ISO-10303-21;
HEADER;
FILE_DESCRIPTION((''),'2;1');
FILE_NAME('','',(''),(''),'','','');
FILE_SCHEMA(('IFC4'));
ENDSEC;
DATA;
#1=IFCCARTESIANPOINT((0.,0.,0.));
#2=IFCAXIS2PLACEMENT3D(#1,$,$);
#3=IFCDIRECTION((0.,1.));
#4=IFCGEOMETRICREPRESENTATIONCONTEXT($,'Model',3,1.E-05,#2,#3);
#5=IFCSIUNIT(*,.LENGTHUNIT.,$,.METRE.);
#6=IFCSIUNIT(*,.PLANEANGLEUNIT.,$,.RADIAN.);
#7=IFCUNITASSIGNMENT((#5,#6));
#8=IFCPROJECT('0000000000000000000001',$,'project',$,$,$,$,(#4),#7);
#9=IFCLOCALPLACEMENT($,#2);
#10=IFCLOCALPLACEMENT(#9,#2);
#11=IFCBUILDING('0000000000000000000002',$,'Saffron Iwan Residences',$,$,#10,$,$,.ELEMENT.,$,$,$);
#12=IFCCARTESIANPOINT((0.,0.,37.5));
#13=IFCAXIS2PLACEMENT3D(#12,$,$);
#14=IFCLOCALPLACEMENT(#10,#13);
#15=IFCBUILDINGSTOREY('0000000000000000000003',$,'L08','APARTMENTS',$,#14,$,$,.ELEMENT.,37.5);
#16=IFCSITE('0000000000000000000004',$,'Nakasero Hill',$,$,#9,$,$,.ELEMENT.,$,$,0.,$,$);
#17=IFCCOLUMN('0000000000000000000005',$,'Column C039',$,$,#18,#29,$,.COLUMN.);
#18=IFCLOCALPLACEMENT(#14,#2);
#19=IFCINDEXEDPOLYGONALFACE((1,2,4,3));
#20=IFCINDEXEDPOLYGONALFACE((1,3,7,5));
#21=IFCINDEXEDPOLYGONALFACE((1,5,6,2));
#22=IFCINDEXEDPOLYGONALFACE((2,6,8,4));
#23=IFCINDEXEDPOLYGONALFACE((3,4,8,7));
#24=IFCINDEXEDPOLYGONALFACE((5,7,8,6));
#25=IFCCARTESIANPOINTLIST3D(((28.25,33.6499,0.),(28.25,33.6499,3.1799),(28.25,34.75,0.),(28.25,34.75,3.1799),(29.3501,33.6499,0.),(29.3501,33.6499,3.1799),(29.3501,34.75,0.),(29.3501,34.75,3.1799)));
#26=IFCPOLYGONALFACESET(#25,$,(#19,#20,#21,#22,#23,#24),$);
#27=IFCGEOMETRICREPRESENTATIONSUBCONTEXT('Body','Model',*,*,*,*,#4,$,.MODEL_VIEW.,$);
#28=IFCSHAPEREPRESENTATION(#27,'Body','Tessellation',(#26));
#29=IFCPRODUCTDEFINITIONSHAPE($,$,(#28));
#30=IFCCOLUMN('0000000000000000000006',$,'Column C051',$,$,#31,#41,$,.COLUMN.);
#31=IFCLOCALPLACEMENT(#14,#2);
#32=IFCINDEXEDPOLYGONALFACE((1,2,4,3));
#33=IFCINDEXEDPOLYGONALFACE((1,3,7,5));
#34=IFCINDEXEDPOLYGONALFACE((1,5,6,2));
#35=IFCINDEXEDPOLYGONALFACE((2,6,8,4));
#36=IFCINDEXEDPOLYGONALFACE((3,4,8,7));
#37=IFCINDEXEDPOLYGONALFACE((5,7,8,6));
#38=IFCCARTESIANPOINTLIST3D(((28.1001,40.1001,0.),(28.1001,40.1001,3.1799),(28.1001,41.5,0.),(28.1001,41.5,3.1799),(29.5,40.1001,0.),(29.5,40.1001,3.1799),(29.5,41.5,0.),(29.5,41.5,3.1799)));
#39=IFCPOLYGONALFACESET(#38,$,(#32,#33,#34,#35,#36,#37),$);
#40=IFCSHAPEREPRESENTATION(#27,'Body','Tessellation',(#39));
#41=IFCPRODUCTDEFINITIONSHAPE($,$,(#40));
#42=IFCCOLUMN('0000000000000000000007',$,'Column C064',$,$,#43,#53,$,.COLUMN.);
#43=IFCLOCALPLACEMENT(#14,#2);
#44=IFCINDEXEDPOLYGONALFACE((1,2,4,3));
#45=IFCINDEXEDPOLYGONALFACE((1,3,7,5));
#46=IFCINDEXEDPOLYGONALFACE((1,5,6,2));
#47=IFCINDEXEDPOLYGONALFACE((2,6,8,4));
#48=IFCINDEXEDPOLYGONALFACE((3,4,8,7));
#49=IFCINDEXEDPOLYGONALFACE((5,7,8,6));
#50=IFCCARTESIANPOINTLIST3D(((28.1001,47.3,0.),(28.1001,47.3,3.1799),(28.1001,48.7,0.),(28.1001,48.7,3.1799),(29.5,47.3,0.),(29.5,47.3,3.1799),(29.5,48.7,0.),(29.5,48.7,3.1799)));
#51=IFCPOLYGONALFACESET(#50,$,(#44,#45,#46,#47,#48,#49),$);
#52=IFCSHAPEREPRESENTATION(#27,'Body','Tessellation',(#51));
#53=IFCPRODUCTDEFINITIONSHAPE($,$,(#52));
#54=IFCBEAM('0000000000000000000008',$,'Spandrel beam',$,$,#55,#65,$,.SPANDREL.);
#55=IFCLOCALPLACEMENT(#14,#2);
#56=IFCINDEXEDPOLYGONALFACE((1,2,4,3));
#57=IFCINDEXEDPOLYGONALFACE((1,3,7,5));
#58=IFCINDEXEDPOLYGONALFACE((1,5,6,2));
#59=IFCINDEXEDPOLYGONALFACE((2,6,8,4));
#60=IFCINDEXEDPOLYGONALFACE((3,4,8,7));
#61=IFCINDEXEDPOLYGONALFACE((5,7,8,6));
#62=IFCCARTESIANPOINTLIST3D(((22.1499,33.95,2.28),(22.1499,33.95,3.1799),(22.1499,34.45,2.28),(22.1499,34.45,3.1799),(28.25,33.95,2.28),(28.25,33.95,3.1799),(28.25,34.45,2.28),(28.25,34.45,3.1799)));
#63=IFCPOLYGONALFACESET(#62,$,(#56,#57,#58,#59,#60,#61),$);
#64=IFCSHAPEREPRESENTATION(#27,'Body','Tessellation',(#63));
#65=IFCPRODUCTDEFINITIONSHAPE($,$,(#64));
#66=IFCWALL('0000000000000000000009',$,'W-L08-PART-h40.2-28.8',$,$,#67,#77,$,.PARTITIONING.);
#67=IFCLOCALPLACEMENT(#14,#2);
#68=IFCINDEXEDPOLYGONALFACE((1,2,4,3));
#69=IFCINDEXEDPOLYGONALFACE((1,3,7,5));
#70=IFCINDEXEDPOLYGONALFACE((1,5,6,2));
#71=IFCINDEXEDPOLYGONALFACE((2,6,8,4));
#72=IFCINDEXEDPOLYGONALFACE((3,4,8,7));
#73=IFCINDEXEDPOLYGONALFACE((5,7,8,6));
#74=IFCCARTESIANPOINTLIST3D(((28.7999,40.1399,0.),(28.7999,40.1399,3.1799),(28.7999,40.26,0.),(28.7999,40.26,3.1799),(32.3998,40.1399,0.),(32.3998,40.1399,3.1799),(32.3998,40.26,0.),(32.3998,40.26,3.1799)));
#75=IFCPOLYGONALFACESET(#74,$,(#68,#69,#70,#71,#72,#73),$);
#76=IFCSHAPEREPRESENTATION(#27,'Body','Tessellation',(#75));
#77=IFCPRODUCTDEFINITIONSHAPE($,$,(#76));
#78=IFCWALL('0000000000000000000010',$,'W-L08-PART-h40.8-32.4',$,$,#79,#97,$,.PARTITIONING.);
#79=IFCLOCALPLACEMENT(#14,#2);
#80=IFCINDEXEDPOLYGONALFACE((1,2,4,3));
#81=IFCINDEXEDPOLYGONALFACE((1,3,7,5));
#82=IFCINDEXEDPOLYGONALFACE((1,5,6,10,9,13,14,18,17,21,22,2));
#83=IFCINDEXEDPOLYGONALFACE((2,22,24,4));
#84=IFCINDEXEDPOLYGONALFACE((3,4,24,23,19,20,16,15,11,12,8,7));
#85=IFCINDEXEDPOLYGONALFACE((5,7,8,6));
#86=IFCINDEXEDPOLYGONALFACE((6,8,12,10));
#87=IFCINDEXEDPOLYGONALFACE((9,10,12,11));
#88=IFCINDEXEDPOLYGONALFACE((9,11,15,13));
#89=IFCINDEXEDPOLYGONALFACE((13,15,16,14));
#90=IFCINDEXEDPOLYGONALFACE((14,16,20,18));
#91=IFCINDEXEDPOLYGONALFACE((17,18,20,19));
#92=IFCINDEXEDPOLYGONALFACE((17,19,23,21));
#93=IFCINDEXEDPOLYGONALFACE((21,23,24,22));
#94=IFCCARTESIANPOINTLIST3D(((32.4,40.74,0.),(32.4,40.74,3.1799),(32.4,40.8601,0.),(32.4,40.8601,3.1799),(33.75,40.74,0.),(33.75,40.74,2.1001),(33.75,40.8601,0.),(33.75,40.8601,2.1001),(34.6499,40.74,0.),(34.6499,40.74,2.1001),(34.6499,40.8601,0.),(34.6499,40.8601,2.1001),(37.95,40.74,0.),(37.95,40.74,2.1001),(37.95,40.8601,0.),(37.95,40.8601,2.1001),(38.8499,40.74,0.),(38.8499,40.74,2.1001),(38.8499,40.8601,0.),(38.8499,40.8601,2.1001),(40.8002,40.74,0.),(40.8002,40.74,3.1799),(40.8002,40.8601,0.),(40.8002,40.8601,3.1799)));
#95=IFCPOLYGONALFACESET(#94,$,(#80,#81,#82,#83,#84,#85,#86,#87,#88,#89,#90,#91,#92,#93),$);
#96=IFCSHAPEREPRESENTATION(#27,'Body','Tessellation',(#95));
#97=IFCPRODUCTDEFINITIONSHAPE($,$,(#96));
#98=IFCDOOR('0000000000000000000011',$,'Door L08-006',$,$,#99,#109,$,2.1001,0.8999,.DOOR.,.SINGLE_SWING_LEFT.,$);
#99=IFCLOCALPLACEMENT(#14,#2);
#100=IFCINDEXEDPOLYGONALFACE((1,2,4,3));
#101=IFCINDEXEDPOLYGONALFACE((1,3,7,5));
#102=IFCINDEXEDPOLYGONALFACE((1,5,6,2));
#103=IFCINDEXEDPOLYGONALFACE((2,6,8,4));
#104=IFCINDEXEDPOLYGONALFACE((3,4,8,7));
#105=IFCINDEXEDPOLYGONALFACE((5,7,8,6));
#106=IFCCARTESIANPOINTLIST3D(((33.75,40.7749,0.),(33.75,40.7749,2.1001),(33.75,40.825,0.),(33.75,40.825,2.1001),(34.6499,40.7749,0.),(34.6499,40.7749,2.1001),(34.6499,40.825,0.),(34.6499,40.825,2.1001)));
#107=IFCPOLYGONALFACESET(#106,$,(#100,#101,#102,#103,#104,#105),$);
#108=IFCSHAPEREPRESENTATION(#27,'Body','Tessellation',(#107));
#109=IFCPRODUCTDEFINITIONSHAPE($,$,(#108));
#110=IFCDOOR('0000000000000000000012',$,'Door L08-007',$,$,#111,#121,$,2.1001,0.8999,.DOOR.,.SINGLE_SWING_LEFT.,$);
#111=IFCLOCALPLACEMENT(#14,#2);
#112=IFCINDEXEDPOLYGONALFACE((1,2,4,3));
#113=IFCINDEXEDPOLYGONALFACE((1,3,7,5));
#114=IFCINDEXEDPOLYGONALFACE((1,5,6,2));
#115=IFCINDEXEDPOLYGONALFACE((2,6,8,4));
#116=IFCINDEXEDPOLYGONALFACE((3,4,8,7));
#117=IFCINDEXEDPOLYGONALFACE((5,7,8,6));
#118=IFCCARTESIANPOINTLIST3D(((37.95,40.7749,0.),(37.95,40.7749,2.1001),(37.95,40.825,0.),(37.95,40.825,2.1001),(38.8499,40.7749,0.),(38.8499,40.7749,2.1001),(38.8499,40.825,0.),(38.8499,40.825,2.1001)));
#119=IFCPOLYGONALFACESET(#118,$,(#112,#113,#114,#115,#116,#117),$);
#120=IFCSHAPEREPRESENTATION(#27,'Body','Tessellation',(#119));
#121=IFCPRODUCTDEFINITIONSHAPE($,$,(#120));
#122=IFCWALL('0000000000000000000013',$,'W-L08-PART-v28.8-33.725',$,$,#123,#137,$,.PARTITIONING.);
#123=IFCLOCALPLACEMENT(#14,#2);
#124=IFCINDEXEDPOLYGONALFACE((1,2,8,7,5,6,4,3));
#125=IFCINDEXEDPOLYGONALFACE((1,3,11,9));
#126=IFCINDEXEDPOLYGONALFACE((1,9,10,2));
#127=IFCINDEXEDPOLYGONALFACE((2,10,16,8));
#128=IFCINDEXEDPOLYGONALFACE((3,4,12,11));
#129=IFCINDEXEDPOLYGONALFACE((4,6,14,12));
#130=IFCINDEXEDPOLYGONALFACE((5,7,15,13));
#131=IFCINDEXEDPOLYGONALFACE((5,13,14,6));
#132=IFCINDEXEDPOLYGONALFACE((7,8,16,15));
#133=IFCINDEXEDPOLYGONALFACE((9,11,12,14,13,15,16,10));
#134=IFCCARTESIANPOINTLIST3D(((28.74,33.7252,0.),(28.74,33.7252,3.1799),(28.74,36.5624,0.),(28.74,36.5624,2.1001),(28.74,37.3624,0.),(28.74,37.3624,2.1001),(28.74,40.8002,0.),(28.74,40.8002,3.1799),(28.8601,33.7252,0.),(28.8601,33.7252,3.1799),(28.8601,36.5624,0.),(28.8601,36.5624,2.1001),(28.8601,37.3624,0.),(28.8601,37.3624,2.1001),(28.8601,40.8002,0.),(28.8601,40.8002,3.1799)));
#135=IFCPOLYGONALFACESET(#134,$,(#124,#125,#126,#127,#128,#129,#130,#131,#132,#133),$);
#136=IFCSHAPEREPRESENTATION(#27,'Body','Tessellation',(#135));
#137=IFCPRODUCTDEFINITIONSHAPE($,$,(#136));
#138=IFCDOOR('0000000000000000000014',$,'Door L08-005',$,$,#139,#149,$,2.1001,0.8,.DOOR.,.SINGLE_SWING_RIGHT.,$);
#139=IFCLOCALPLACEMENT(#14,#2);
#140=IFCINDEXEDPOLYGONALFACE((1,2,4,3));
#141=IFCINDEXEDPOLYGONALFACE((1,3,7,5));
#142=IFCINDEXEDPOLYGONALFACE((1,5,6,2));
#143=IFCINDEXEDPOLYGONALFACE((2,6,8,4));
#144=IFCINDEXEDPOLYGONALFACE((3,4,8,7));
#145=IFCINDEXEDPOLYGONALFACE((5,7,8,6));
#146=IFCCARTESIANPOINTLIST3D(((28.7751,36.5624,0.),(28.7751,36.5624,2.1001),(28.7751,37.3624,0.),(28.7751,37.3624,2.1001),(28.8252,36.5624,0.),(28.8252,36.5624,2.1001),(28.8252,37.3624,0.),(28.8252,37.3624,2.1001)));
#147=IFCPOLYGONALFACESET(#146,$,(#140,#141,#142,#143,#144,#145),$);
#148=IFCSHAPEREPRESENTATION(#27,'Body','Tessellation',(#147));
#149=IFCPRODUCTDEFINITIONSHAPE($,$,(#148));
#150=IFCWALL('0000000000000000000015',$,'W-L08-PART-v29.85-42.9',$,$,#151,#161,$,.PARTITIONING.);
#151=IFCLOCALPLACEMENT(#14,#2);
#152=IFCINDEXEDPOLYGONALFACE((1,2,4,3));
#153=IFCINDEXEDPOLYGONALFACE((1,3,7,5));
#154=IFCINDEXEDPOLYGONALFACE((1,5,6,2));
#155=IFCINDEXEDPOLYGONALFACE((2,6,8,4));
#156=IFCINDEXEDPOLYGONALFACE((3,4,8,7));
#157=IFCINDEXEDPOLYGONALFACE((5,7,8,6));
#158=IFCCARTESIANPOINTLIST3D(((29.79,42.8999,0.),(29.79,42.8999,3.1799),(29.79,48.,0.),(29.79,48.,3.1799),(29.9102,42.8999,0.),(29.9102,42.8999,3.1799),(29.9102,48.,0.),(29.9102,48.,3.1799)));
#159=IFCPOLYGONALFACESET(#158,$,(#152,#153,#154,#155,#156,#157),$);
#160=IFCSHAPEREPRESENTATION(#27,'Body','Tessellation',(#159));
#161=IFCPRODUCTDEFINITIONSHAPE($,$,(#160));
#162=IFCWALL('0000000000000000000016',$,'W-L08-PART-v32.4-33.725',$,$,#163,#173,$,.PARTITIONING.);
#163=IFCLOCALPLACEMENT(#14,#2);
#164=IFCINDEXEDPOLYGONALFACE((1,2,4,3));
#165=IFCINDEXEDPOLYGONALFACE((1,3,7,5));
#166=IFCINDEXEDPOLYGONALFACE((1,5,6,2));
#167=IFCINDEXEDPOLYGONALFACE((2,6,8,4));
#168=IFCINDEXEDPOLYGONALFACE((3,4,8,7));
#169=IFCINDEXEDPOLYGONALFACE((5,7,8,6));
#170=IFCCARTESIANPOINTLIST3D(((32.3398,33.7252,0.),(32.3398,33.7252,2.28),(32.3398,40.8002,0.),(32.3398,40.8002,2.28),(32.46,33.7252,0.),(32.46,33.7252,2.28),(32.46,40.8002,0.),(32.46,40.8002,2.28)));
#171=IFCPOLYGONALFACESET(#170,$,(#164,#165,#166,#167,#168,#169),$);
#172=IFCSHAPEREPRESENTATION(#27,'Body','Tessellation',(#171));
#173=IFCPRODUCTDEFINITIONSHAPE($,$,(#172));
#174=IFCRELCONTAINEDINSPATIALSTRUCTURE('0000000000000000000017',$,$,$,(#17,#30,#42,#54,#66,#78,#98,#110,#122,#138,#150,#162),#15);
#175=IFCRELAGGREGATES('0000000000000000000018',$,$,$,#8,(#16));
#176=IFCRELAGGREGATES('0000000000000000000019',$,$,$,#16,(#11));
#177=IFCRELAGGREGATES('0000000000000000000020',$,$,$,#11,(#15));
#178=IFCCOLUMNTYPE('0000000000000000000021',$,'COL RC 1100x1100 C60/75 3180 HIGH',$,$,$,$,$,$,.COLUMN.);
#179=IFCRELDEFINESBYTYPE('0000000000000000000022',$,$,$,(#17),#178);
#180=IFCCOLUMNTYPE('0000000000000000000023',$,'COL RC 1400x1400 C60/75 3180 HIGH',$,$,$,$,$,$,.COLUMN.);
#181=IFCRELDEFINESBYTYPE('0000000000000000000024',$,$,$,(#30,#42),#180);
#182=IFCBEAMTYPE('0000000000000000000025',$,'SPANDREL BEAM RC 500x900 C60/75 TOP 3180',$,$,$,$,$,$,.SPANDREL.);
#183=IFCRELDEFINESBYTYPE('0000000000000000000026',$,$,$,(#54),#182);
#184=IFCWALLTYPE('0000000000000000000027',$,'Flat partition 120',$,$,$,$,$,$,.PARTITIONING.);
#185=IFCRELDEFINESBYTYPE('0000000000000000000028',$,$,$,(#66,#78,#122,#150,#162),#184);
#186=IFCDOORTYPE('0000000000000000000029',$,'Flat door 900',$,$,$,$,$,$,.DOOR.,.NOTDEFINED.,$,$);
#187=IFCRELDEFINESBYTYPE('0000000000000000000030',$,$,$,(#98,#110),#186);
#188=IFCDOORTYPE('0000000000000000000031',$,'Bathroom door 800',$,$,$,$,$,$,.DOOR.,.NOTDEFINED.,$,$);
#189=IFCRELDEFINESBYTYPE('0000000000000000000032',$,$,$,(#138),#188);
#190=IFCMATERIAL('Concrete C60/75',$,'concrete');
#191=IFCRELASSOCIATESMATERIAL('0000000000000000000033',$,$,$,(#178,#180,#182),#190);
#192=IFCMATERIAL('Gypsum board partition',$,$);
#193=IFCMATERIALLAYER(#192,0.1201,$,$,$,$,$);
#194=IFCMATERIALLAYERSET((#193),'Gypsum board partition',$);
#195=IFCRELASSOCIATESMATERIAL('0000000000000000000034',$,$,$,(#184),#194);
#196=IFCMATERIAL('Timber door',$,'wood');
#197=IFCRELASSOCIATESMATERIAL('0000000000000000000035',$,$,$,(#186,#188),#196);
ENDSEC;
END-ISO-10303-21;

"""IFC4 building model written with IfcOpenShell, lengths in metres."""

from ifc_helpers import new_model, si_unit, direction, frame, frame_2d, origin, origin_2d, place, context, subcontext, project, spatial, rectangle, extrude, source, transform, mapped, material, layer, layer_set, material_profile, profile_set, type_object, element, fill, save


model = new_model("IFC4")

# Units and contexts
model_context = context("Model", 3, precision=1e-05, world=origin(), true_north=direction((0.0, 1.0)))
body_context = subcontext(model_context, "Body", "Model", "MODEL_VIEW")
ifc_project = project(units=[si_unit("LENGTHUNIT", "METRE"), si_unit("PLANEANGLEUNIT", "RADIAN")], contexts=[model_context])

# Site, building, storey
site_placement = place(None, origin())
site = spatial("IfcSite", under=ifc_project, at=site_placement, Name="Nakasero Hill", CompositionType="ELEMENT", RefElevation=0.0)
building_placement = place(site_placement, origin())
building = spatial("IfcBuilding", under=site, at=building_placement, Name="Saffron Iwan Residences", CompositionType="ELEMENT")
storey_placement = place(building_placement, frame((0.0, 0.0, 37.5)))
storey = spatial("IfcBuildingStorey", under=building, at=storey_placement, Name="L08", Description="APARTMENTS", CompositionType="ELEMENT", Elevation=37.5)

# Columns
ifc_material_1 = material(Name="Concrete C60/75", Category="concrete")
ifc_material_profile_1 = material_profile(ifc_material_1, rectangle(XDim=1.1001, YDim=1.1001, at=origin_2d()), Name="RC 1100x1100")
ifc_profile_set_1 = profile_set([ifc_material_profile_1], Name="Concrete C60/75")
column_type_1 = type_object("IfcColumnType", Name="COL RC 1100x1100 C60/75 3180 HIGH", PredefinedType="COLUMN", material=ifc_profile_set_1)
shared_shape_1 = source(origin(), body_context, "Body", "SweptSolid", [
    extrude(rectangle(XDim=1.1001, YDim=1.1001, at=origin_2d()), origin(), (0.0, 0.0, 1.0), 3.1799),
])
column_placement = place(storey_placement, frame((28.8, 34.2, 0.0), z_axis=(0.0, 0.0, 1.0), x_axis=(1.0, 0.0, 0.0)))
element("IfcColumn", 1, at=column_placement, inside=storey, type_object=column_type_1, Name="Column C039", PredefinedType="COLUMN", context=body_context, shape_type="MappedRepresentation", body=[
    mapped(shared_shape_1, transform((0.0, 0.0, 0.0))),
])
ifc_material_profile_2 = material_profile(ifc_material_1, rectangle(XDim=1.3999, YDim=1.3999, at=origin_2d()), Name="RC 1400x1400")
ifc_profile_set_2 = profile_set([ifc_material_profile_2], Name="Concrete C60/75")
column_type_2 = type_object("IfcColumnType", Name="COL RC 1400x1400 C60/75 3180 HIGH", PredefinedType="COLUMN", material=ifc_profile_set_2)
shared_shape_2 = source(origin(), body_context, "Body", "SweptSolid", [
    extrude(rectangle(XDim=1.3999, YDim=1.3999, at=origin_2d()), origin(), (0.0, 0.0, 1.0), 3.1799),
])
for number, where, z_axis, x_axis, name in (
    (2, (28.8, 40.8, 0.0), (0.0, 0.0, 1.0), (1.0, 0.0, 0.0), "Column C051"),
    (3, (28.8, 48.0, 0.0), (0.0, 0.0, 1.0), (1.0, 0.0, 0.0), "Column C064"),
):
    element("IfcColumn", number, at=place(storey_placement, frame(where, z_axis=z_axis, x_axis=x_axis)), inside=storey, type_object=column_type_2, Name=name, PredefinedType="COLUMN", context=body_context, shape_type="MappedRepresentation", body=[
        mapped(shared_shape_2, transform((0.0, 0.0, 0.0))),
    ])

# Beam
ifc_material_profile_3 = material_profile(ifc_material_1, rectangle(XDim=0.5, YDim=0.8999, at=origin_2d()), Name="RC 500x900")
ifc_profile_set_3 = profile_set([ifc_material_profile_3], Name="Concrete C60/75")
beam_type = type_object("IfcBeamType", Name="SPANDREL BEAM RC 500x900 C60/75 TOP 3180", PredefinedType="SPANDREL", material=ifc_profile_set_3)
shared_shape_3 = source(origin(), body_context, "Body", "SweptSolid", [
    extrude(rectangle(XDim=0.5, YDim=0.8999, at=origin_2d()), origin(), (0.0, 0.0, 1.0), 6.1001),
])
beam_placement = place(storey_placement, frame((28.25, 34.2, 2.73), z_axis=(-1.0, 0.0, 0.0), x_axis=(0.0, -1.0, 0.0)))
element("IfcBeam", 4, at=beam_placement, inside=storey, type_object=beam_type, Name="Spandrel beam", PredefinedType="SPANDREL", context=body_context, shape_type="MappedRepresentation", body=[
    mapped(shared_shape_3, transform((0.0, 0.0, 0.0))),
])

# Wall
ifc_material_2 = material(Name="Gypsum board partition")
ifc_layer_1 = layer(ifc_material_2, 0.1201)
ifc_layer_set_1 = layer_set([ifc_layer_1], Name="Gypsum board partition")
wall_type_1 = type_object("IfcWallType", Name="Flat partition 120", PredefinedType="PARTITIONING", material=ifc_layer_set_1)
wall_1_placement = place(storey_placement, frame((28.8, 40.2, 0.0), z_axis=(0.0, 0.0, 1.0), x_axis=(1.0, 0.0, 0.0)))
element("IfcWall", 5, at=wall_1_placement, inside=storey, type_object=wall_type_1, Name="W-L08-PART-h40.2-28.8", PredefinedType="PARTITIONING", context=body_context, shape_type="SweptSolid", body=[
    extrude(rectangle(XDim=3.5999, YDim=0.1201, at=frame_2d((1.7998, 0.0))), origin(), (0.0, 0.0, 1.0), 3.1799),
])

# Wall, openings, doors
wall_2_placement = place(storey_placement, frame((32.3999, 40.8, 0.0), z_axis=(0.0, 0.0, 1.0), x_axis=(1.0, 0.0, 0.0)))
wall_2 = element("IfcWall", 6, at=wall_2_placement, inside=storey, type_object=wall_type_1, Name="W-L08-PART-h40.8-32.4", PredefinedType="PARTITIONING", context=body_context, shape_type="SweptSolid", body=[
    extrude(rectangle(XDim=8.4001, YDim=0.1201, at=frame_2d((4.2002, 0.0))), origin(), (0.0, 0.0, 1.0), 3.1799),
])
opening_1_placement = place(wall_2_placement, frame((1.3501, 0.0, 0.0)))
opening_1 = element("IfcOpeningElement", 7, at=opening_1_placement, cuts=wall_2, PredefinedType="OPENING", context=body_context, shape_type="SweptSolid", body=[
    extrude(rectangle(XDim=0.8999, YDim=2.1001, at=frame_2d((0.45, 1.05))), frame((0.0, 0.0701, 0.0), z_axis=(0.0, -1.0, 0.0), x_axis=(1.0, 0.0, 0.0)), (0.0, 0.0, 1.0), 0.1401),
])
opening_2_placement = place(wall_2_placement, frame((5.55, 0.0, 0.0)))
opening_2 = element("IfcOpeningElement", 8, at=opening_2_placement, cuts=wall_2, PredefinedType="OPENING", context=body_context, shape_type="SweptSolid", body=[
    extrude(rectangle(XDim=0.8999, YDim=2.1001, at=frame_2d((0.45, 1.05))), frame((0.0, 0.0701, 0.0), z_axis=(0.0, -1.0, 0.0), x_axis=(1.0, 0.0, 0.0)), (0.0, 0.0, 1.0), 0.1401),
])
ifc_material_3 = material(Name="Timber door", Category="wood")
door_type_1 = type_object("IfcDoorType", Name="Flat door 900", OperationType="NOTDEFINED", PredefinedType="DOOR", material=ifc_material_3)
door_1_placement = place(opening_1_placement, origin())
door_1 = element("IfcDoor", 9, at=door_1_placement, inside=storey, type_object=door_type_1, Name="Door L08-006", OperationType="SINGLE_SWING_LEFT", OverallHeight=2.1001, OverallWidth=0.8999, PredefinedType="DOOR", context=body_context, shape_type="SweptSolid", body=[
    extrude(rectangle(XDim=0.8999, YDim=2.1001, at=frame_2d((0.45, 1.05))), frame((0.0, 0.0249, 0.0), z_axis=(0.0, -1.0, 0.0), x_axis=(1.0, 0.0, 0.0)), (0.0, 0.0, 1.0), 0.05),
])
fill(opening_1, door_1)
door_2_placement = place(opening_2_placement, origin())
door_2 = element("IfcDoor", 10, at=door_2_placement, inside=storey, type_object=door_type_1, Name="Door L08-007", OperationType="SINGLE_SWING_LEFT", OverallHeight=2.1001, OverallWidth=0.8999, PredefinedType="DOOR", context=body_context, shape_type="SweptSolid", body=[
    extrude(rectangle(XDim=0.8999, YDim=2.1001, at=frame_2d((0.45, 1.05))), frame((0.0, 0.0249, 0.0), z_axis=(0.0, -1.0, 0.0), x_axis=(1.0, 0.0, 0.0)), (0.0, 0.0, 1.0), 0.05),
])
fill(opening_2, door_2)

# Wall, opening, door
wall_3_placement = place(storey_placement, frame((28.8, 33.7251, 0.0), z_axis=(0.0, 0.0, 1.0), x_axis=(0.0, 1.0, 0.0)))
wall_3 = element("IfcWall", 11, at=wall_3_placement, inside=storey, type_object=wall_type_1, Name="W-L08-PART-v28.8-33.725", PredefinedType="PARTITIONING", context=body_context, shape_type="SweptSolid", body=[
    extrude(rectangle(XDim=7.075, YDim=0.1201, at=frame_2d((3.5376, 0.0))), origin(), (0.0, 0.0, 1.0), 3.1799),
])
opening_3_placement = place(wall_3_placement, frame((2.8374, 0.0, 0.0)))
opening_3 = element("IfcOpeningElement", 12, at=opening_3_placement, cuts=wall_3, PredefinedType="OPENING", context=body_context, shape_type="SweptSolid", body=[
    extrude(rectangle(XDim=0.8, YDim=2.1001, at=frame_2d((0.3999, 1.05))), frame((0.0, 0.0701, 0.0), z_axis=(0.0, -1.0, 0.0), x_axis=(1.0, 0.0, 0.0)), (0.0, 0.0, 1.0), 0.1401),
])
door_type_2 = type_object("IfcDoorType", Name="Bathroom door 800", OperationType="NOTDEFINED", PredefinedType="DOOR", material=ifc_material_3)
door_3_placement = place(opening_3_placement, origin())
door_3 = element("IfcDoor", 13, at=door_3_placement, inside=storey, type_object=door_type_2, Name="Door L08-005", OperationType="SINGLE_SWING_RIGHT", OverallHeight=2.1001, OverallWidth=0.8, PredefinedType="DOOR", context=body_context, shape_type="SweptSolid", body=[
    extrude(rectangle(XDim=0.8, YDim=2.1001, at=frame_2d((0.3999, 1.05))), frame((0.0, 0.0249, 0.0), z_axis=(0.0, -1.0, 0.0), x_axis=(1.0, 0.0, 0.0)), (0.0, 0.0, 1.0), 0.05),
])
fill(opening_3, door_3)

# Walls
wall_4_placement = place(storey_placement, frame((29.8501, 42.8999, 0.0), z_axis=(0.0, 0.0, 1.0), x_axis=(0.0, 1.0, 0.0)))
element("IfcWall", 14, at=wall_4_placement, inside=storey, type_object=wall_type_1, Name="W-L08-PART-v29.85-42.9", PredefinedType="PARTITIONING", context=body_context, shape_type="SweptSolid", body=[
    extrude(rectangle(XDim=5.1001, YDim=0.1201, at=frame_2d((2.55, 0.0))), origin(), (0.0, 0.0, 1.0), 3.1799),
])
wall_5_placement = place(storey_placement, frame((32.3999, 33.7251, 0.0), z_axis=(0.0, 0.0, 1.0), x_axis=(0.0, 1.0, 0.0)))
element("IfcWall", 15, at=wall_5_placement, inside=storey, type_object=wall_type_1, Name="W-L08-PART-v32.4-33.725", PredefinedType="PARTITIONING", context=body_context, shape_type="SweptSolid", body=[
    extrude(rectangle(XDim=7.075, YDim=0.1201, at=frame_2d((3.5376, 0.0))), origin(), (0.0, 0.0, 1.0), 2.28),
])

save(model, "model.ifc")
